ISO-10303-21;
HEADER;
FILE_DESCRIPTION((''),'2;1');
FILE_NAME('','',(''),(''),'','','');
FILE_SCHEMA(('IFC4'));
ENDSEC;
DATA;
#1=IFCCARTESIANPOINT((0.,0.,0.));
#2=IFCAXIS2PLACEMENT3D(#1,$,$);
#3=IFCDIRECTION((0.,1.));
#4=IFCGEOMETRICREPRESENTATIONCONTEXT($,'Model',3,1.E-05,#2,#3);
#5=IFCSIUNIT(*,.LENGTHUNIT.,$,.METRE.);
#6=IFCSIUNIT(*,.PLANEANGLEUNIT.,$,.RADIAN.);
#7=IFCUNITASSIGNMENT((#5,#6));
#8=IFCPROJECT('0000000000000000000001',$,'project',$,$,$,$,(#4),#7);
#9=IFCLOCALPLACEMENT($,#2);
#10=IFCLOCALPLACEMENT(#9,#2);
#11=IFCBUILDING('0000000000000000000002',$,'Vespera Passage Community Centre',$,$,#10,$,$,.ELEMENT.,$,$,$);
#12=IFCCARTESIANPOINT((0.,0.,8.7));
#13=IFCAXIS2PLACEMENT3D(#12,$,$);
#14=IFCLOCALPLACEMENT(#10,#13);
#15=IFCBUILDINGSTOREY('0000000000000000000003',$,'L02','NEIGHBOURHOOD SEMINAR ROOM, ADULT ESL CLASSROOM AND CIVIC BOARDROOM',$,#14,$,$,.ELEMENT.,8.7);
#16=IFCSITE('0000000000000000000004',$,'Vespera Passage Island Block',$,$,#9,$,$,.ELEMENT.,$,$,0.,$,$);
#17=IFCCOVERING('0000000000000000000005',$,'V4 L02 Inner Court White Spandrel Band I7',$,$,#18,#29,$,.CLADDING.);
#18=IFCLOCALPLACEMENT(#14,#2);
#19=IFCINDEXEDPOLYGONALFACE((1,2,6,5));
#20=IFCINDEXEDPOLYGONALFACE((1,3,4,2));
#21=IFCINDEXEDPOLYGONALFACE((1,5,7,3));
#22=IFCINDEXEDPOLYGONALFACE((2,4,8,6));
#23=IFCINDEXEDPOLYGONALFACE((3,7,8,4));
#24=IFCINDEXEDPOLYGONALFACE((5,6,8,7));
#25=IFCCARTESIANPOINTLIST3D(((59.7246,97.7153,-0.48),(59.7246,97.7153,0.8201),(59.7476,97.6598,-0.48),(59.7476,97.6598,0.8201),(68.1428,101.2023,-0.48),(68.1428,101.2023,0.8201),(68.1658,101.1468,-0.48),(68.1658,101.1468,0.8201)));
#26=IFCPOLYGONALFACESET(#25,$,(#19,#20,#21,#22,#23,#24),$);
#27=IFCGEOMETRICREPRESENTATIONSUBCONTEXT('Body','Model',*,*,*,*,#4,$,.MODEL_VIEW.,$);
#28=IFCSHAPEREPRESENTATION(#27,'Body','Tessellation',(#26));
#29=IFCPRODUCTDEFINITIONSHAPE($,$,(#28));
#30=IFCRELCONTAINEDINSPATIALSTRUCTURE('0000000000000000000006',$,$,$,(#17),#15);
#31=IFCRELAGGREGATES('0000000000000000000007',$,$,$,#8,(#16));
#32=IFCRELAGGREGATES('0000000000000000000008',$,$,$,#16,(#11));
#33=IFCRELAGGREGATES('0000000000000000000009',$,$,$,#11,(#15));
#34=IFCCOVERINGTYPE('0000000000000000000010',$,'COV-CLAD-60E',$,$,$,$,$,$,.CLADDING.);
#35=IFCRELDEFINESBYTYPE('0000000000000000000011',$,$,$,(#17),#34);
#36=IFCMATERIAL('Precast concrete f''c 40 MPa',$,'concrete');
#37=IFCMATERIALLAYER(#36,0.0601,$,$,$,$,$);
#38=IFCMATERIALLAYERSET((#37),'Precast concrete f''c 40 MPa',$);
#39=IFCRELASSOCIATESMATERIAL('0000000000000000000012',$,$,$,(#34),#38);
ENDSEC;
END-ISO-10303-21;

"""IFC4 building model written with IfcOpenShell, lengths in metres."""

from ifc_helpers import new_model, si_unit, direction, frame, frame_2d, origin, place, context, subcontext, project, spatial, rectangle, extrude, material, layer, layer_set, type_object, element, save


model = new_model("IFC4")

# Units and contexts
model_context = context("Model", 3, precision=1e-05, world=origin(), true_north=direction((0.0, 1.0)))
body_context = subcontext(model_context, "Body", "Model", "MODEL_VIEW")
ifc_project = project(units=[si_unit("LENGTHUNIT", "METRE"), si_unit("PLANEANGLEUNIT", "RADIAN")], contexts=[model_context])

# Site, building, storey
site_placement = place(None, origin())
site = spatial("IfcSite", under=ifc_project, at=site_placement, Name="Vespera Passage Island Block", CompositionType="ELEMENT", RefElevation=0.0)
building_placement = place(site_placement, origin())
building = spatial("IfcBuilding", under=site, at=building_placement, Name="Vespera Passage Community Centre", CompositionType="ELEMENT")
storey_placement = place(building_placement, frame((0.0, 0.0, 8.7)))
storey = spatial("IfcBuildingStorey", under=building, at=storey_placement, Name="L02", Description="NEIGHBOURHOOD SEMINAR ROOM, ADULT ESL CLASSROOM AND CIVIC BOARDROOM", CompositionType="ELEMENT", Elevation=8.7)

# Covering
ifc_material_1 = material(Name="Precast concrete f'c 40 MPa", Category="concrete")
ifc_layer_1 = layer(ifc_material_1, 0.0601)
ifc_layer_set_1 = layer_set([ifc_layer_1], Name="Precast concrete f'c 40 MPa")
covering_type = type_object("IfcCoveringType", Name="COV-CLAD-60E", PredefinedType="CLADDING", material=ifc_layer_set_1)
covering_1_placement = place(storey_placement, frame((68.1543, 101.1746, -0.48), z_axis=(0.0, 0.0, 1.0), x_axis=(-0.923875, -0.382695, 0.0)))
element("IfcCovering", 1, at=covering_1_placement, inside=storey, type_object=covering_type, Name="V4 L02 Inner Court White Spandrel Band I7", PredefinedType="CLADDING", context=body_context, shape_type="SweptSolid", body=[
    extrude(rectangle(XDim=9.1118, YDim=0.0601, at=frame_2d((4.5559, 0.0))), origin(), (0.0, 0.0, 1.0), 1.3),
])

save(model, "model.ifc")
